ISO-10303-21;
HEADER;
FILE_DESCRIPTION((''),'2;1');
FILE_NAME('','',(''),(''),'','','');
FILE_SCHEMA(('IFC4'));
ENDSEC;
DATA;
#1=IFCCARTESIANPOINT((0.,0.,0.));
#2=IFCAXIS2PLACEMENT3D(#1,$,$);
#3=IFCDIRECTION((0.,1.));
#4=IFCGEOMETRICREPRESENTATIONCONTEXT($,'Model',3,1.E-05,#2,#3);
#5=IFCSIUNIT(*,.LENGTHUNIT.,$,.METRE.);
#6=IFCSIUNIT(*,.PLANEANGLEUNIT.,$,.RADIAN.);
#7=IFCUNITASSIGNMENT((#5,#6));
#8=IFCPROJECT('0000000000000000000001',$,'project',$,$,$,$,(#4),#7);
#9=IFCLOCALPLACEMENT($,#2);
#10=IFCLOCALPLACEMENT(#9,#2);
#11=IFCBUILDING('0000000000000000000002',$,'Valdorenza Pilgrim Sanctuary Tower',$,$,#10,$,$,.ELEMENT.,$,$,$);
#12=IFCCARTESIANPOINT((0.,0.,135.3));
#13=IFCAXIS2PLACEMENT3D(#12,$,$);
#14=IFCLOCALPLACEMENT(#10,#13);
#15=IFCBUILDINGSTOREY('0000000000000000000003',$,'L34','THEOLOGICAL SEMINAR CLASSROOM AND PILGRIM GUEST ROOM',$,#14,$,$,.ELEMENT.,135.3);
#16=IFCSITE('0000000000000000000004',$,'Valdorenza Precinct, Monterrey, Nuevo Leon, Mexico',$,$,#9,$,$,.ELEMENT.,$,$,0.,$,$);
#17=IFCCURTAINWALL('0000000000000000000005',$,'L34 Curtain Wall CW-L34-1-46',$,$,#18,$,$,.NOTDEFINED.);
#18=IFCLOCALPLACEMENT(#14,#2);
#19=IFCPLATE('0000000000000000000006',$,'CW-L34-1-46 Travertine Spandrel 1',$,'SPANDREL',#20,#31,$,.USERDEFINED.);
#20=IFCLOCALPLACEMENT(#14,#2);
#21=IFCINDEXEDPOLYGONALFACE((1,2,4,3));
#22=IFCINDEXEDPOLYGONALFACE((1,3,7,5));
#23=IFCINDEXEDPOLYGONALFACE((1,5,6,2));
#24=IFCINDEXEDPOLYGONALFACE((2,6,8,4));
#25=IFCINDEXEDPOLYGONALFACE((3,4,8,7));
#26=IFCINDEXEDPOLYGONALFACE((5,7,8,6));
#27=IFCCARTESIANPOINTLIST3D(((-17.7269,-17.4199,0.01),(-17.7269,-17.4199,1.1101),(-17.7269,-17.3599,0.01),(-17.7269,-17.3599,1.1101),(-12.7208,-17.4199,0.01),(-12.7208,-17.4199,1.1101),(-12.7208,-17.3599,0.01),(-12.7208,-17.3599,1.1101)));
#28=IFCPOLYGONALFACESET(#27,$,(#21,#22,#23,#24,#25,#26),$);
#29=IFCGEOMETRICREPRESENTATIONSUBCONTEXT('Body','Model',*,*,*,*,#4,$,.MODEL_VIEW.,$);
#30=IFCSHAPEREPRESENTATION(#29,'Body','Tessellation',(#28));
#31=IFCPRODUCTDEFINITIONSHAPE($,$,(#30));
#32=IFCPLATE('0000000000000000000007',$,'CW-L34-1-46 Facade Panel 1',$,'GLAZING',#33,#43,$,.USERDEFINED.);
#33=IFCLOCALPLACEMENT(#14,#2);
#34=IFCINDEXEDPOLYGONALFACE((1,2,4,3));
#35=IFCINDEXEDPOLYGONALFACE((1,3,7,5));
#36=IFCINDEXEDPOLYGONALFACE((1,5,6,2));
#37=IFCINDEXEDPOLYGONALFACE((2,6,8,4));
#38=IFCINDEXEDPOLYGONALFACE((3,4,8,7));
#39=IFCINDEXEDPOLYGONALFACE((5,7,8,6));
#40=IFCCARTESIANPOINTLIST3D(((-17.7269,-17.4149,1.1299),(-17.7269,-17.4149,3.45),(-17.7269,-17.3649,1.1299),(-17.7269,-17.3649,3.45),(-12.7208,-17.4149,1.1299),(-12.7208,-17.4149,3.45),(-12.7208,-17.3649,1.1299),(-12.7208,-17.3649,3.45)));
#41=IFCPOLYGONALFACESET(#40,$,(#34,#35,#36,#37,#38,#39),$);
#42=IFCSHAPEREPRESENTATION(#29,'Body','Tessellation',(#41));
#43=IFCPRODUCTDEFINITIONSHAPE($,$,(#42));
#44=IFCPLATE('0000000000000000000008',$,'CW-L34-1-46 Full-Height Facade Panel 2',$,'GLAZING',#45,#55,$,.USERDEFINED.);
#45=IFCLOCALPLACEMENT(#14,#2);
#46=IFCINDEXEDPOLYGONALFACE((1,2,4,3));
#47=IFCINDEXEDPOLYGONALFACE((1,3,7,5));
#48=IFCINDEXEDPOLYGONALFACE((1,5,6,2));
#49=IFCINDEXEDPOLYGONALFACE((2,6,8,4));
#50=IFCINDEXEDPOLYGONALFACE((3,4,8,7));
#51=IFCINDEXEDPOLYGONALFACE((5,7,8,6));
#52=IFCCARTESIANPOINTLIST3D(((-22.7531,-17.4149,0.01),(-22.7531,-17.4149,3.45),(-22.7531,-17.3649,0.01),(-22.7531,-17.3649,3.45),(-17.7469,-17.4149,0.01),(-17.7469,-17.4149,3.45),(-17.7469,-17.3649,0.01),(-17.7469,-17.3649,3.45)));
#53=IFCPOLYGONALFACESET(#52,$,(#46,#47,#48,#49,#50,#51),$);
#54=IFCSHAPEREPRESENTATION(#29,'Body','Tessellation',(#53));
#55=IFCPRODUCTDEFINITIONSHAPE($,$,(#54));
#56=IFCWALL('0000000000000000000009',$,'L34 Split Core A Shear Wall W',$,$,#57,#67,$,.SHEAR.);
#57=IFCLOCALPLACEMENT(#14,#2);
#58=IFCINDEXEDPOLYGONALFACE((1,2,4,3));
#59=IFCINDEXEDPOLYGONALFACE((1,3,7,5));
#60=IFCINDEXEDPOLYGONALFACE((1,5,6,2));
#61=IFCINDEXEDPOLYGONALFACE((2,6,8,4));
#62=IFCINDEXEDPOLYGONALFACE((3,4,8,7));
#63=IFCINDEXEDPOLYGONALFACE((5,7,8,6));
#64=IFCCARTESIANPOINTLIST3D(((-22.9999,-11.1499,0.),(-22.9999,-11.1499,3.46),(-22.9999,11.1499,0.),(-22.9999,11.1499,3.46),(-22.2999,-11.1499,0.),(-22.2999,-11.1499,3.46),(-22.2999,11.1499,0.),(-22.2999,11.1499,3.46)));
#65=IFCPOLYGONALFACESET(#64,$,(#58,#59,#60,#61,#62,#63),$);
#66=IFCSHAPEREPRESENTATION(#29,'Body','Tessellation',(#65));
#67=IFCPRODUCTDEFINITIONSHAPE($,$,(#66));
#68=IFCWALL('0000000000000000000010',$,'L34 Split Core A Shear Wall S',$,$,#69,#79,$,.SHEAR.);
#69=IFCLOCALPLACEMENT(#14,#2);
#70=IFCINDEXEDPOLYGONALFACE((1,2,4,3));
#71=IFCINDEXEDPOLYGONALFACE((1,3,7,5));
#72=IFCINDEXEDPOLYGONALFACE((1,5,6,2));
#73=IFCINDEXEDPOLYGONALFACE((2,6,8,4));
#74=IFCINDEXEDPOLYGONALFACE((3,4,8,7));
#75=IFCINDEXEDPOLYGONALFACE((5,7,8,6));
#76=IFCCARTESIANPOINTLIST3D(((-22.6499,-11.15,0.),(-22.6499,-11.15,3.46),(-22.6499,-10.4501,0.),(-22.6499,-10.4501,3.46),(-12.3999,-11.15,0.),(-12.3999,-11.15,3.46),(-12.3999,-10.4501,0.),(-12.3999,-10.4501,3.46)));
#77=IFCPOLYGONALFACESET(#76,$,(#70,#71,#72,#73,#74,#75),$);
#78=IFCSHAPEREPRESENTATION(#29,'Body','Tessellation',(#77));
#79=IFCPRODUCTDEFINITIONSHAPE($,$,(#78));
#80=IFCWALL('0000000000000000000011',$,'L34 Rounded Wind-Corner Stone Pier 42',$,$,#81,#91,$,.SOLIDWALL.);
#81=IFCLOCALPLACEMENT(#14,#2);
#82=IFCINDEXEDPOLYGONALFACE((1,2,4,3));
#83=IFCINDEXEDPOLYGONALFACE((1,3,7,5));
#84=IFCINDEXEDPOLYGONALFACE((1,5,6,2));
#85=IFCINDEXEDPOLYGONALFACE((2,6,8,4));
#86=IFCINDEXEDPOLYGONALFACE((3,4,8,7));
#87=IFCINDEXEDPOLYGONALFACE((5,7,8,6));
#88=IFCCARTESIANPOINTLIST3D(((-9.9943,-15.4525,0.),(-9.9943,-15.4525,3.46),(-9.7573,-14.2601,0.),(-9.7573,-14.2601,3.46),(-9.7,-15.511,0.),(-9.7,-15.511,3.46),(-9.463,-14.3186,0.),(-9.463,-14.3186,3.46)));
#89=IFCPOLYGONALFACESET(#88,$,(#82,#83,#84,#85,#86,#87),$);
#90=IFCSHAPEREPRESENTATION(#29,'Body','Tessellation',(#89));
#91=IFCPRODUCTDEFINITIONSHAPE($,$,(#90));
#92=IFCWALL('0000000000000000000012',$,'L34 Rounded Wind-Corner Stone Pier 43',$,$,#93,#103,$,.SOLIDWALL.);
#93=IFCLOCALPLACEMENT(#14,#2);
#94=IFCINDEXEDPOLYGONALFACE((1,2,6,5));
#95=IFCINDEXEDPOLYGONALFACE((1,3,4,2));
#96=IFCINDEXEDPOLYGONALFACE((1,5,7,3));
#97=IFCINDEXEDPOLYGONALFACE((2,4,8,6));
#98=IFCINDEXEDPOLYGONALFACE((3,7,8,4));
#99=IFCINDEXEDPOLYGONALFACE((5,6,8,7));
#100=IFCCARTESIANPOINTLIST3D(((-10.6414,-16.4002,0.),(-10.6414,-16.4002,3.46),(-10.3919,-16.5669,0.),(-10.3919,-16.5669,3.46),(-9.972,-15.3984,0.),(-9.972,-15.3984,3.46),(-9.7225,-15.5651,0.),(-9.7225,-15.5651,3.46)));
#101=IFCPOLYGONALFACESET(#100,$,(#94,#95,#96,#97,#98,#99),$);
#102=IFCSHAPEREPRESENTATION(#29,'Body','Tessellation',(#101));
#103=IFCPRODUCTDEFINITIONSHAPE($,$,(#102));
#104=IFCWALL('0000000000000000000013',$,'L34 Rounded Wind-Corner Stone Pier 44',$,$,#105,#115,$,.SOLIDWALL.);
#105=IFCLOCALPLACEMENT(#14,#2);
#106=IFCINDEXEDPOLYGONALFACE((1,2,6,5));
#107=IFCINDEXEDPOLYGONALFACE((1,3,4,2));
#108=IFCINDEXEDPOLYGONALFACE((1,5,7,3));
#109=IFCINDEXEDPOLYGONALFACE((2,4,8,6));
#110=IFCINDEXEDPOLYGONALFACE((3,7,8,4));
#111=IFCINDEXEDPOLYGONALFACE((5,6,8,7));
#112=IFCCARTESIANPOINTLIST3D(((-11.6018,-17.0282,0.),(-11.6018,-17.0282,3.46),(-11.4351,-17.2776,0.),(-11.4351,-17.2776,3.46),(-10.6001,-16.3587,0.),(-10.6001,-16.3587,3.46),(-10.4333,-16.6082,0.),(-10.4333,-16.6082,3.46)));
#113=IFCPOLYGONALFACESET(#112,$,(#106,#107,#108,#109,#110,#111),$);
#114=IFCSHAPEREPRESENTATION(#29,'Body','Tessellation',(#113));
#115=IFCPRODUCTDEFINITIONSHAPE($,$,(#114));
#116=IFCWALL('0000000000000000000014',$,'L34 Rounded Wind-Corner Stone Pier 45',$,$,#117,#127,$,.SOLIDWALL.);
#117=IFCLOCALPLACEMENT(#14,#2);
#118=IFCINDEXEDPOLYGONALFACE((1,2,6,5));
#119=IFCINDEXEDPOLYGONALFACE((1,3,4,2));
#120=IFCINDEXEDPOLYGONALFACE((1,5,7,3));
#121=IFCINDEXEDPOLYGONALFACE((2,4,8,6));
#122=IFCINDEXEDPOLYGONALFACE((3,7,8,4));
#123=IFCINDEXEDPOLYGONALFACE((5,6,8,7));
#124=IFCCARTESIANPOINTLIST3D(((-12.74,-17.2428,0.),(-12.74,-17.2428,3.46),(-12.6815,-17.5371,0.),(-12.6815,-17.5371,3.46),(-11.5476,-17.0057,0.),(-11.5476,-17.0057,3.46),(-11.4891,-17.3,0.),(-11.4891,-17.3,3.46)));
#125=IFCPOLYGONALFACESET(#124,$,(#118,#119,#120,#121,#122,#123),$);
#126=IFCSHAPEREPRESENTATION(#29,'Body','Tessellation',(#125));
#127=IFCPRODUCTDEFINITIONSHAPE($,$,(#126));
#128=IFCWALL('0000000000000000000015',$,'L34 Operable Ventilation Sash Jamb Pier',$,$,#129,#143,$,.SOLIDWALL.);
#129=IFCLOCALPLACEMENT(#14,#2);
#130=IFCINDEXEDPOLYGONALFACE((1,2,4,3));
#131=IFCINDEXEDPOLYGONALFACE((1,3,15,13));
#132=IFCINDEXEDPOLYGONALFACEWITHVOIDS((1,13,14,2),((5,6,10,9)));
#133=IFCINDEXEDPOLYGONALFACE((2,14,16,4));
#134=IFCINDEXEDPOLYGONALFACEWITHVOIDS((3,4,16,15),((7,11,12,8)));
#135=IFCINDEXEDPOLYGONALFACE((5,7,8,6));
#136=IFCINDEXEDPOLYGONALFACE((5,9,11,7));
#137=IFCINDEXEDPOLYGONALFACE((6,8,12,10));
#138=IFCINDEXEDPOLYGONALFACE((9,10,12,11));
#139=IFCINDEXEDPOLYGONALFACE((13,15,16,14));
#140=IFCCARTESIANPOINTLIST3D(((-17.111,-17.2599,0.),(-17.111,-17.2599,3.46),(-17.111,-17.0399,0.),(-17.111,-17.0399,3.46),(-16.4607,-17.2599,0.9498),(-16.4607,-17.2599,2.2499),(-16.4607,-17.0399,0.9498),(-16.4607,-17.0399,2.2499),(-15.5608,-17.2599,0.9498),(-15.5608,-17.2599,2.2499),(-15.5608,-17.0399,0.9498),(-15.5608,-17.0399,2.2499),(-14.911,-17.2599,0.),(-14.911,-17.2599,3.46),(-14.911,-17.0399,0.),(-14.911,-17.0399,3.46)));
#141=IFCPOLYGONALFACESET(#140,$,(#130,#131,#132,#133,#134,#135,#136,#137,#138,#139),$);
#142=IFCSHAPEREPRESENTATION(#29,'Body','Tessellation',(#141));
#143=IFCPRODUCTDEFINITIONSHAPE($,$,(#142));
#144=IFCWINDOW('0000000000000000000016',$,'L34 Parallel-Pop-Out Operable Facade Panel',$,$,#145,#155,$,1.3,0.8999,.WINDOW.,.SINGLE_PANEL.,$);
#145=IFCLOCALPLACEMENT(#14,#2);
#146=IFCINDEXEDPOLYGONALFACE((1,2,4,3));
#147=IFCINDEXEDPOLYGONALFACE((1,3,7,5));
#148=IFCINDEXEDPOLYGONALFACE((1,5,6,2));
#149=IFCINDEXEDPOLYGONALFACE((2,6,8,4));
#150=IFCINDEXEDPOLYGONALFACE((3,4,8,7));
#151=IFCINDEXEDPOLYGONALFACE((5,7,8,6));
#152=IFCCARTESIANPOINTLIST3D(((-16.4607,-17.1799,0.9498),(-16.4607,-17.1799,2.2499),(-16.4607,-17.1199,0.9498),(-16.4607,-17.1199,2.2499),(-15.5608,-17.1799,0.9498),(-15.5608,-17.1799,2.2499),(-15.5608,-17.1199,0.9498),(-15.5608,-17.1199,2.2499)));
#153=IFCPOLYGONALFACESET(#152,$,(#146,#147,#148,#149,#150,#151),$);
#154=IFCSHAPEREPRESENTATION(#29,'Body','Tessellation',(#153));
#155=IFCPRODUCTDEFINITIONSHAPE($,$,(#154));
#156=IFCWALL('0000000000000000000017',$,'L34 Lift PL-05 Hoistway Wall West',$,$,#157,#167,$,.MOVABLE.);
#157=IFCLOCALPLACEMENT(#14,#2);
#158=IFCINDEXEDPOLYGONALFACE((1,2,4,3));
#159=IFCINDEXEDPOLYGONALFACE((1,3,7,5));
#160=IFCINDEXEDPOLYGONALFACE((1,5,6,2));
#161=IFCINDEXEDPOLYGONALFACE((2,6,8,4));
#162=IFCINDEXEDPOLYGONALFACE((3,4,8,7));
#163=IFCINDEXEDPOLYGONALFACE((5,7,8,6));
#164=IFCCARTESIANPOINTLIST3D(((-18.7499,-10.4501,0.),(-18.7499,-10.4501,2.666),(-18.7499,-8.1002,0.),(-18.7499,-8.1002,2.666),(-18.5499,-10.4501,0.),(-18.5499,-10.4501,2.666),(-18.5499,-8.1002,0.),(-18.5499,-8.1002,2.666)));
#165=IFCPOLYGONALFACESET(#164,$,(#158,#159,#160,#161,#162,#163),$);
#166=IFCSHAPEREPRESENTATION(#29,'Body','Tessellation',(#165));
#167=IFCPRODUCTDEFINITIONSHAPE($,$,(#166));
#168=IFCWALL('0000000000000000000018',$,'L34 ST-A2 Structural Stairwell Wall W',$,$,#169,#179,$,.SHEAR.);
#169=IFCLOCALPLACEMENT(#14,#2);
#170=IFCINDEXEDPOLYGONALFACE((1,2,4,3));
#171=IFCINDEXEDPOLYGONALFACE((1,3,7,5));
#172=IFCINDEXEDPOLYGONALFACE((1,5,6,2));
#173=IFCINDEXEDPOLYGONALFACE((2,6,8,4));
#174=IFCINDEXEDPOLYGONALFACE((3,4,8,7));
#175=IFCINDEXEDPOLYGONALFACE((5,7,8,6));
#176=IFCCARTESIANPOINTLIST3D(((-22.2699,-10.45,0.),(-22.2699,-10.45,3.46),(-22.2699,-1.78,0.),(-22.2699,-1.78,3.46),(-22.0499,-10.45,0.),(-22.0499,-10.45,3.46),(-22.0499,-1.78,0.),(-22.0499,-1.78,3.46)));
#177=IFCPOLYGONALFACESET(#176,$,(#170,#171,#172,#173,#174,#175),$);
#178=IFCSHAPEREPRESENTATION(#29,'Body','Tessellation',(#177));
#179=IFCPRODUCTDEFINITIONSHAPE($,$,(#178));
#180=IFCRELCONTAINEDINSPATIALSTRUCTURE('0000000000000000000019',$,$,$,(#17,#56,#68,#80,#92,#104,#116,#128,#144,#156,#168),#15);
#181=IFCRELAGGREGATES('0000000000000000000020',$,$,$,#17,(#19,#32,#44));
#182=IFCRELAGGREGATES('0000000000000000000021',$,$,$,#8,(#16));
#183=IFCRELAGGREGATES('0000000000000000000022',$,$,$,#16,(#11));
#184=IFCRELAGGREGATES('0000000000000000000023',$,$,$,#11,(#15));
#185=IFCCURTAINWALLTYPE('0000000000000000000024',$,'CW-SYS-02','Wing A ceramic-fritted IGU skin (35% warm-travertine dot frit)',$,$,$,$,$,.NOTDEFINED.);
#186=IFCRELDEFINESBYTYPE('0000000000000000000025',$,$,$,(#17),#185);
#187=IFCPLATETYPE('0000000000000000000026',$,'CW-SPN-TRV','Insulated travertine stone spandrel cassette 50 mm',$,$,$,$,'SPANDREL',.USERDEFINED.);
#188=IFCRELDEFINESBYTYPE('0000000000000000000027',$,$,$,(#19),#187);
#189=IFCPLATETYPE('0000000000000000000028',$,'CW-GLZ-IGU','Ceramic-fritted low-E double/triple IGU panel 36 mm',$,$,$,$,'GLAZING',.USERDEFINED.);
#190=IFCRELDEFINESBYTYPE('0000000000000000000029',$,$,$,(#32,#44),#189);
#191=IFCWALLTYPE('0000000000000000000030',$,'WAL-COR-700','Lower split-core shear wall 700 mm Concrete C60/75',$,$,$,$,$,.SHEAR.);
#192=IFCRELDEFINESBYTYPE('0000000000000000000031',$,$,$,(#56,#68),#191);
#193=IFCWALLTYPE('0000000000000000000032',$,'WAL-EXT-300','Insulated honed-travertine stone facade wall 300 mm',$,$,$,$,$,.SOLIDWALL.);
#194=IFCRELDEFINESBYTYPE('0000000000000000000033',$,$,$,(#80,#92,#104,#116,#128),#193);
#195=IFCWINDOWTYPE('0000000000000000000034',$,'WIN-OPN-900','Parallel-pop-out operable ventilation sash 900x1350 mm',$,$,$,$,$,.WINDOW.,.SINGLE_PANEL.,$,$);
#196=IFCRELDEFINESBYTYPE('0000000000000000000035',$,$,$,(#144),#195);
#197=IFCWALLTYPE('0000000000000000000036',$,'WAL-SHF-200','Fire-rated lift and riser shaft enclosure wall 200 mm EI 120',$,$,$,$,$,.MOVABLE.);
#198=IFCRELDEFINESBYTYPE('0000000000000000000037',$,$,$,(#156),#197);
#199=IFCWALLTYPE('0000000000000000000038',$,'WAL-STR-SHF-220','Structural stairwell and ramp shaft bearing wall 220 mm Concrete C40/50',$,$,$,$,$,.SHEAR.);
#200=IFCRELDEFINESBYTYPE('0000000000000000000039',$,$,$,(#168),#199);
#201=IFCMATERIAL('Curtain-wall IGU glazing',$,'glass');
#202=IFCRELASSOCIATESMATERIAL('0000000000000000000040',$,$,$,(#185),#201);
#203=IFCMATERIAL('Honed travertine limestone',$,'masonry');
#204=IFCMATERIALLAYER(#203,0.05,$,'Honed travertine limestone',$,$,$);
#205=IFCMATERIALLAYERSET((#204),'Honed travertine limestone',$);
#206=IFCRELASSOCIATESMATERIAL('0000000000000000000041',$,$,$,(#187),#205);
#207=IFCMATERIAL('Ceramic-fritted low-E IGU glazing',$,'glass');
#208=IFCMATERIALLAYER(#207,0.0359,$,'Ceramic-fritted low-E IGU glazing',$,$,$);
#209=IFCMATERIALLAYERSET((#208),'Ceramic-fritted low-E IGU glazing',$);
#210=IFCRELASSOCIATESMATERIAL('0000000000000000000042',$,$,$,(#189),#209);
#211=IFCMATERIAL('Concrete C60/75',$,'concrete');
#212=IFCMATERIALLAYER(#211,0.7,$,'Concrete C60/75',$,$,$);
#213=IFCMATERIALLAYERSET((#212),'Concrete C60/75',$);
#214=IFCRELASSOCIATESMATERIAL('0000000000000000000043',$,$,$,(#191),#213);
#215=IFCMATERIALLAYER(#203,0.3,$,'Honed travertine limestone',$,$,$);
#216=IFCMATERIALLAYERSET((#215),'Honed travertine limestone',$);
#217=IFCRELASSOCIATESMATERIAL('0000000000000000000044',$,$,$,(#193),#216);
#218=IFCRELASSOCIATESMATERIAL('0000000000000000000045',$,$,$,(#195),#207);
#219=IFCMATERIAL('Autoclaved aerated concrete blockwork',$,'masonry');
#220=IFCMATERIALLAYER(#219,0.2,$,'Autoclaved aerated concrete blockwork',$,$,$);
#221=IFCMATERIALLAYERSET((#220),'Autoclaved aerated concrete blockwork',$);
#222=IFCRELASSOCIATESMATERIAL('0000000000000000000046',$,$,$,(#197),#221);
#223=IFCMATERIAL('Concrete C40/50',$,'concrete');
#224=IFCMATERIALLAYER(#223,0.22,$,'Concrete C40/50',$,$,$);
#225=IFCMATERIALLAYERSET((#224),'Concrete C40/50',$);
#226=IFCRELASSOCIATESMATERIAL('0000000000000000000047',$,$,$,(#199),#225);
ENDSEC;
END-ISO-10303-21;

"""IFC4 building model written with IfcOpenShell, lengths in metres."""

from ifc_helpers import new_model, si_unit, direction, frame, frame_2d, origin, origin_2d, place, context, subcontext, project, spatial, rectangle, extrude, source, transform, mapped, material, layer, layer_set, type_object, element, fill, aggregate, save


model = new_model("IFC4")

# Units and contexts
model_context = context("Model", 3, precision=1e-05, world=origin(), true_north=direction((0.0, 1.0)))
body_context = subcontext(model_context, "Body", "Model", "MODEL_VIEW")
ifc_project = project(units=[si_unit("LENGTHUNIT", "METRE"), si_unit("PLANEANGLEUNIT", "RADIAN")], contexts=[model_context])

# Site, building, storey
site_placement = place(None, origin())
site = spatial("IfcSite", under=ifc_project, at=site_placement, Name="Valdorenza Precinct, Monterrey, Nuevo Leon, Mexico", CompositionType="ELEMENT", RefElevation=0.0)
building_placement = place(site_placement, origin())
building = spatial("IfcBuilding", under=site, at=building_placement, Name="Valdorenza Pilgrim Sanctuary Tower", CompositionType="ELEMENT")
storey_placement = place(building_placement, frame((0.0, 0.0, 135.3)))
storey = spatial("IfcBuildingStorey", under=building, at=storey_placement, Name="L34", Description="THEOLOGICAL SEMINAR CLASSROOM AND PILGRIM GUEST ROOM", CompositionType="ELEMENT", Elevation=135.3)

# Shared definitions
ifc_material_1 = material(Name="Concrete C60/75", Category="concrete")

# Shared definitions
ifc_material_2 = material(Name="Curtain-wall IGU glazing", Category="glass")
curtain_wall_type = type_object("IfcCurtainWallType", Name="CW-SYS-02", Description="Wing A ceramic-fritted IGU skin (35% warm-travertine dot frit)", PredefinedType="NOTDEFINED", material=ifc_material_2)

# Curtain wall
curtain_wall_1_placement = place(storey_placement, origin())
curtain_wall_1 = element("IfcCurtainWall", 1, at=curtain_wall_1_placement, inside=storey, type_object=curtain_wall_type, Name="L34 Curtain Wall CW-L34-1-46", PredefinedType="NOTDEFINED")

# Plates
ifc_material_3 = material(Name="Honed travertine limestone", Category="masonry")
ifc_layer_1 = layer(ifc_material_3, 0.05, Name="Honed travertine limestone")
ifc_layer_set_1 = layer_set([ifc_layer_1], Name="Honed travertine limestone")
plate_type_1 = type_object("IfcPlateType", Name="CW-SPN-TRV", Description="Insulated travertine stone spandrel cassette 50 mm", ElementType="SPANDREL", PredefinedType="USERDEFINED", material=ifc_layer_set_1)
ifc_material_4 = material(Name="Ceramic-fritted low-E IGU glazing", Category="glass")
ifc_layer_2 = layer(ifc_material_4, 0.0359, Name="Ceramic-fritted low-E IGU glazing")
ifc_layer_set_2 = layer_set([ifc_layer_2], Name="Ceramic-fritted low-E IGU glazing")
plate_type_2 = type_object("IfcPlateType", Name="CW-GLZ-IGU", Description="Ceramic-fritted low-E double/triple IGU panel 36 mm", ElementType="GLAZING", PredefinedType="USERDEFINED", material=ifc_layer_set_2)
shared_shape_1 = source(origin(), body_context, "Body", "SweptSolid", [
    extrude(rectangle(XDim=5.0061, YDim=0.0601, at=origin_2d()), origin(), (0.0, 0.0, 1.0), 1.1001),
])
plate_1_placement = place(storey_placement, frame((-15.2239, -17.3899, 0.01), z_axis=(0.0, 0.0, 1.0), x_axis=(-1.0, 0.0, 0.0)))
plate_1 = element("IfcPlate", 2, at=plate_1_placement, type_object=plate_type_1, Name="CW-L34-1-46 Travertine Spandrel 1", ObjectType="SPANDREL", PredefinedType="USERDEFINED", context=body_context, shape_type="MappedRepresentation", body=[
    mapped(shared_shape_1, transform((0.0, 0.0, 0.0), x_axis=(1.0, 0.0, 0.0), y_axis=(0.0, 1.0, 0.0), z_axis=(0.0, 0.0, 1.0), scale=1.0)),
])
shared_shape_2 = source(origin(), body_context, "Body", "SweptSolid", [
    extrude(rectangle(XDim=5.0061, YDim=0.05, at=origin_2d()), origin(), (0.0, 0.0, 1.0), 2.3201),
])
plate_2_placement = place(storey_placement, frame((-15.2239, -17.3899, 1.1299), z_axis=(0.0, 0.0, 1.0), x_axis=(-1.0, 0.0, 0.0)))
plate_2 = element("IfcPlate", 3, at=plate_2_placement, type_object=plate_type_2, Name="CW-L34-1-46 Facade Panel 1", ObjectType="GLAZING", PredefinedType="USERDEFINED", context=body_context, shape_type="MappedRepresentation", body=[
    mapped(shared_shape_2, transform((0.0, 0.0, 0.0), x_axis=(1.0, 0.0, 0.0), y_axis=(0.0, 1.0, 0.0), z_axis=(0.0, 0.0, 1.0), scale=1.0)),
])
shared_shape_3 = source(origin(), body_context, "Body", "SweptSolid", [
    extrude(rectangle(XDim=5.0061, YDim=0.05, at=origin_2d()), origin(), (0.0, 0.0, 1.0), 3.4399),
])
plate_3_placement = place(storey_placement, frame((-20.25, -17.3899, 0.01), z_axis=(0.0, 0.0, 1.0), x_axis=(-1.0, 0.0, 0.0)))
plate_3 = element("IfcPlate", 4, at=plate_3_placement, type_object=plate_type_2, Name="CW-L34-1-46 Full-Height Facade Panel 2", ObjectType="GLAZING", PredefinedType="USERDEFINED", context=body_context, shape_type="MappedRepresentation", body=[
    mapped(shared_shape_3, transform((0.0, 0.0, 0.0), x_axis=(1.0, 0.0, 0.0), y_axis=(0.0, 1.0, 0.0), z_axis=(0.0, 0.0, 1.0), scale=1.0)),
])
aggregate(curtain_wall_1, [plate_1, plate_2, plate_3])

# Walls
ifc_layer_3 = layer(ifc_material_1, 0.7, Name="Concrete C60/75")
ifc_layer_set_3 = layer_set([ifc_layer_3], Name="Concrete C60/75")
wall_type_1 = type_object("IfcWallType", Name="WAL-COR-700", Description="Lower split-core shear wall 700 mm Concrete C60/75", PredefinedType="SHEAR", material=ifc_layer_set_3)
wall_1_placement = place(storey_placement, frame((-22.6499, -11.1499, 0.0), z_axis=(0.0, 0.0, 1.0), x_axis=(0.0, 1.0, 0.0)))
element("IfcWall", 5, at=wall_1_placement, inside=storey, type_object=wall_type_1, Name="L34 Split Core A Shear Wall W", PredefinedType="SHEAR", context=body_context, shape_type="SweptSolid", body=[
    extrude(rectangle(XDim=22.2998, YDim=0.7, at=frame_2d((11.1499, 0.0))), origin(), (0.0, 0.0, 1.0), 3.46),
])
wall_2_placement = place(storey_placement, frame((-22.6499, -10.8, 0.0), z_axis=(0.0, 0.0, 1.0), x_axis=(1.0, 0.0, 0.0)))
element("IfcWall", 6, at=wall_2_placement, inside=storey, type_object=wall_type_1, Name="L34 Split Core A Shear Wall S", PredefinedType="SHEAR", context=body_context, shape_type="SweptSolid", body=[
    extrude(rectangle(XDim=10.25, YDim=0.7, at=frame_2d((5.125, 0.0))), origin(), (0.0, 0.0, 1.0), 3.46),
])
ifc_layer_4 = layer(ifc_material_3, 0.3, Name="Honed travertine limestone")
ifc_layer_set_4 = layer_set([ifc_layer_4], Name="Honed travertine limestone")
wall_type_2 = type_object("IfcWallType", Name="WAL-EXT-300", Description="Insulated honed-travertine stone facade wall 300 mm", PredefinedType="SOLIDWALL", material=ifc_layer_set_4)
wall_3_placement = place(storey_placement, frame((-9.6101, -14.2893, 0.0), z_axis=(0.0, 0.0, 1.0), x_axis=(-0.194996, -0.980804, 0.0)))
element("IfcWall", 7, at=wall_3_placement, inside=storey, type_object=wall_type_2, Name="L34 Rounded Wind-Corner Stone Pier 42", PredefinedType="SOLIDWALL", context=body_context, shape_type="SweptSolid", body=[
    extrude(rectangle(XDim=1.2158, YDim=0.3, at=frame_2d((0.6079, 0.0))), origin(), (0.0, 0.0, 1.0), 3.46),
])
for number, where, z_axis, x_axis, name in (
    (8, (-9.8472, -15.4817, 0.0), (0.0, 0.0, 1.0), (-0.555635, -0.831426, 0.0), "L34 Rounded Wind-Corner Stone Pier 43"),
    (9, (-10.5166, -16.4834, 0.0), (0.0, 0.0, 1.0), (-0.831426, -0.555635, 0.0), "L34 Rounded Wind-Corner Stone Pier 44"),
):
    element("IfcWall", number, at=place(storey_placement, frame(where, z_axis=z_axis, x_axis=x_axis)), inside=storey, type_object=wall_type_2, Name=name, PredefinedType="SOLIDWALL", context=body_context, shape_type="SweptSolid", body=[
        extrude(rectangle(XDim=1.2048, YDim=0.3, at=frame_2d((0.6025, 0.0))), origin(), (0.0, 0.0, 1.0), 3.46),
    ])
wall_4_placement = place(storey_placement, frame((-11.5183, -17.1528, 0.0), z_axis=(0.0, 0.0, 1.0), x_axis=(-0.980804, -0.194996, 0.0)))
element("IfcWall", 10, at=wall_4_placement, inside=storey, type_object=wall_type_2, Name="L34 Rounded Wind-Corner Stone Pier 45", PredefinedType="SOLIDWALL", context=body_context, shape_type="SweptSolid", body=[
    extrude(rectangle(XDim=1.2158, YDim=0.3, at=frame_2d((0.6079, 0.0))), origin(), (0.0, 0.0, 1.0), 3.46),
])

# Wall, opening, window
wall_5_placement = place(storey_placement, frame((-14.9109, -17.1499, 0.0), z_axis=(0.0, 0.0, 1.0), x_axis=(-1.0, 0.0, 0.0)))
wall_5 = element("IfcWall", 11, at=wall_5_placement, inside=storey, type_object=wall_type_2, Name="L34 Operable Ventilation Sash Jamb Pier", PredefinedType="SOLIDWALL", context=body_context, shape_type="SweptSolid", body=[
    extrude(rectangle(XDim=2.2, YDim=0.22, at=frame_2d((1.1001, 0.0))), origin(), (0.0, 0.0, 1.0), 3.46),
])
opening_placement = place(wall_5_placement, frame((0.6499, 0.0, 0.95)))
opening = element("IfcOpeningElement", 12, at=opening_placement, cuts=wall_5, PredefinedType="OPENING", context=body_context, shape_type="SweptSolid", body=[
    extrude(rectangle(XDim=0.8999, YDim=1.3, at=frame_2d((0.45, 0.6499))), frame((0.0, 0.125, 0.0), z_axis=(0.0, -1.0, 0.0), x_axis=(1.0, 0.0, 0.0)), (0.0, 0.0, 1.0), 0.2498),
])
window_type = type_object("IfcWindowType", Name="WIN-OPN-900", Description="Parallel-pop-out operable ventilation sash 900x1350 mm", PartitioningType="SINGLE_PANEL", PredefinedType="WINDOW", material=ifc_material_4)
window_placement = place(opening_placement, origin())
window = element("IfcWindow", 13, at=window_placement, inside=storey, type_object=window_type, Name="L34 Parallel-Pop-Out Operable Facade Panel", OverallHeight=1.3, OverallWidth=0.8999, PartitioningType="SINGLE_PANEL", PredefinedType="WINDOW", context=body_context, shape_type="SweptSolid", body=[
    extrude(rectangle(XDim=0.8999, YDim=1.3, at=frame_2d((0.45, 0.6499))), frame((0.0, 0.03, 0.0), z_axis=(0.0, -1.0, 0.0), x_axis=(1.0, 0.0, 0.0)), (0.0, 0.0, 1.0), 0.0601),
])
fill(opening, window)

# Walls
ifc_material_5 = material(Name="Autoclaved aerated concrete blockwork", Category="masonry")
ifc_layer_5 = layer(ifc_material_5, 0.2, Name="Autoclaved aerated concrete blockwork")
ifc_layer_set_5 = layer_set([ifc_layer_5], Name="Autoclaved aerated concrete blockwork")
wall_type_3 = type_object("IfcWallType", Name="WAL-SHF-200", Description="Fire-rated lift and riser shaft enclosure wall 200 mm EI 120", PredefinedType="MOVABLE", material=ifc_layer_set_5)
wall_6_placement = place(storey_placement, frame((-18.6499, -10.45, 0.0), z_axis=(0.0, 0.0, 1.0), x_axis=(0.0, 1.0, 0.0)))
element("IfcWall", 14, at=wall_6_placement, inside=storey, type_object=wall_type_3, Name="L34 Lift PL-05 Hoistway Wall West", PredefinedType="MOVABLE", context=body_context, shape_type="SweptSolid", body=[
    extrude(rectangle(XDim=2.3499, YDim=0.2, at=frame_2d((1.1748, 0.0))), origin(), (0.0, 0.0, 1.0), 2.666),
])
ifc_material_6 = material(Name="Concrete C40/50", Category="concrete")
ifc_layer_6 = layer(ifc_material_6, 0.22, Name="Concrete C40/50")
ifc_layer_set_6 = layer_set([ifc_layer_6], Name="Concrete C40/50")
wall_type_4 = type_object("IfcWallType", Name="WAL-STR-SHF-220", Description="Structural stairwell and ramp shaft bearing wall 220 mm Concrete C40/50", PredefinedType="SHEAR", material=ifc_layer_set_6)
for number, where, z_axis, x_axis, name in (
    (15, (-22.1599, -10.45, 0.0), (0.0, 0.0, 1.0), (0.0, 1.0, 0.0), "L34 ST-A2 Structural Stairwell Wall W"),
):
    element("IfcWall", number, at=place(storey_placement, frame(where, z_axis=z_axis, x_axis=x_axis)), inside=storey, type_object=wall_type_4, Name=name, PredefinedType="SHEAR", context=body_context, shape_type="SweptSolid", body=[
        extrude(rectangle(XDim=8.6699, YDim=0.22, at=frame_2d((4.335, 0.0))), origin(), (0.0, 0.0, 1.0), 3.46),
    ])

save(model, "model.ifc")
